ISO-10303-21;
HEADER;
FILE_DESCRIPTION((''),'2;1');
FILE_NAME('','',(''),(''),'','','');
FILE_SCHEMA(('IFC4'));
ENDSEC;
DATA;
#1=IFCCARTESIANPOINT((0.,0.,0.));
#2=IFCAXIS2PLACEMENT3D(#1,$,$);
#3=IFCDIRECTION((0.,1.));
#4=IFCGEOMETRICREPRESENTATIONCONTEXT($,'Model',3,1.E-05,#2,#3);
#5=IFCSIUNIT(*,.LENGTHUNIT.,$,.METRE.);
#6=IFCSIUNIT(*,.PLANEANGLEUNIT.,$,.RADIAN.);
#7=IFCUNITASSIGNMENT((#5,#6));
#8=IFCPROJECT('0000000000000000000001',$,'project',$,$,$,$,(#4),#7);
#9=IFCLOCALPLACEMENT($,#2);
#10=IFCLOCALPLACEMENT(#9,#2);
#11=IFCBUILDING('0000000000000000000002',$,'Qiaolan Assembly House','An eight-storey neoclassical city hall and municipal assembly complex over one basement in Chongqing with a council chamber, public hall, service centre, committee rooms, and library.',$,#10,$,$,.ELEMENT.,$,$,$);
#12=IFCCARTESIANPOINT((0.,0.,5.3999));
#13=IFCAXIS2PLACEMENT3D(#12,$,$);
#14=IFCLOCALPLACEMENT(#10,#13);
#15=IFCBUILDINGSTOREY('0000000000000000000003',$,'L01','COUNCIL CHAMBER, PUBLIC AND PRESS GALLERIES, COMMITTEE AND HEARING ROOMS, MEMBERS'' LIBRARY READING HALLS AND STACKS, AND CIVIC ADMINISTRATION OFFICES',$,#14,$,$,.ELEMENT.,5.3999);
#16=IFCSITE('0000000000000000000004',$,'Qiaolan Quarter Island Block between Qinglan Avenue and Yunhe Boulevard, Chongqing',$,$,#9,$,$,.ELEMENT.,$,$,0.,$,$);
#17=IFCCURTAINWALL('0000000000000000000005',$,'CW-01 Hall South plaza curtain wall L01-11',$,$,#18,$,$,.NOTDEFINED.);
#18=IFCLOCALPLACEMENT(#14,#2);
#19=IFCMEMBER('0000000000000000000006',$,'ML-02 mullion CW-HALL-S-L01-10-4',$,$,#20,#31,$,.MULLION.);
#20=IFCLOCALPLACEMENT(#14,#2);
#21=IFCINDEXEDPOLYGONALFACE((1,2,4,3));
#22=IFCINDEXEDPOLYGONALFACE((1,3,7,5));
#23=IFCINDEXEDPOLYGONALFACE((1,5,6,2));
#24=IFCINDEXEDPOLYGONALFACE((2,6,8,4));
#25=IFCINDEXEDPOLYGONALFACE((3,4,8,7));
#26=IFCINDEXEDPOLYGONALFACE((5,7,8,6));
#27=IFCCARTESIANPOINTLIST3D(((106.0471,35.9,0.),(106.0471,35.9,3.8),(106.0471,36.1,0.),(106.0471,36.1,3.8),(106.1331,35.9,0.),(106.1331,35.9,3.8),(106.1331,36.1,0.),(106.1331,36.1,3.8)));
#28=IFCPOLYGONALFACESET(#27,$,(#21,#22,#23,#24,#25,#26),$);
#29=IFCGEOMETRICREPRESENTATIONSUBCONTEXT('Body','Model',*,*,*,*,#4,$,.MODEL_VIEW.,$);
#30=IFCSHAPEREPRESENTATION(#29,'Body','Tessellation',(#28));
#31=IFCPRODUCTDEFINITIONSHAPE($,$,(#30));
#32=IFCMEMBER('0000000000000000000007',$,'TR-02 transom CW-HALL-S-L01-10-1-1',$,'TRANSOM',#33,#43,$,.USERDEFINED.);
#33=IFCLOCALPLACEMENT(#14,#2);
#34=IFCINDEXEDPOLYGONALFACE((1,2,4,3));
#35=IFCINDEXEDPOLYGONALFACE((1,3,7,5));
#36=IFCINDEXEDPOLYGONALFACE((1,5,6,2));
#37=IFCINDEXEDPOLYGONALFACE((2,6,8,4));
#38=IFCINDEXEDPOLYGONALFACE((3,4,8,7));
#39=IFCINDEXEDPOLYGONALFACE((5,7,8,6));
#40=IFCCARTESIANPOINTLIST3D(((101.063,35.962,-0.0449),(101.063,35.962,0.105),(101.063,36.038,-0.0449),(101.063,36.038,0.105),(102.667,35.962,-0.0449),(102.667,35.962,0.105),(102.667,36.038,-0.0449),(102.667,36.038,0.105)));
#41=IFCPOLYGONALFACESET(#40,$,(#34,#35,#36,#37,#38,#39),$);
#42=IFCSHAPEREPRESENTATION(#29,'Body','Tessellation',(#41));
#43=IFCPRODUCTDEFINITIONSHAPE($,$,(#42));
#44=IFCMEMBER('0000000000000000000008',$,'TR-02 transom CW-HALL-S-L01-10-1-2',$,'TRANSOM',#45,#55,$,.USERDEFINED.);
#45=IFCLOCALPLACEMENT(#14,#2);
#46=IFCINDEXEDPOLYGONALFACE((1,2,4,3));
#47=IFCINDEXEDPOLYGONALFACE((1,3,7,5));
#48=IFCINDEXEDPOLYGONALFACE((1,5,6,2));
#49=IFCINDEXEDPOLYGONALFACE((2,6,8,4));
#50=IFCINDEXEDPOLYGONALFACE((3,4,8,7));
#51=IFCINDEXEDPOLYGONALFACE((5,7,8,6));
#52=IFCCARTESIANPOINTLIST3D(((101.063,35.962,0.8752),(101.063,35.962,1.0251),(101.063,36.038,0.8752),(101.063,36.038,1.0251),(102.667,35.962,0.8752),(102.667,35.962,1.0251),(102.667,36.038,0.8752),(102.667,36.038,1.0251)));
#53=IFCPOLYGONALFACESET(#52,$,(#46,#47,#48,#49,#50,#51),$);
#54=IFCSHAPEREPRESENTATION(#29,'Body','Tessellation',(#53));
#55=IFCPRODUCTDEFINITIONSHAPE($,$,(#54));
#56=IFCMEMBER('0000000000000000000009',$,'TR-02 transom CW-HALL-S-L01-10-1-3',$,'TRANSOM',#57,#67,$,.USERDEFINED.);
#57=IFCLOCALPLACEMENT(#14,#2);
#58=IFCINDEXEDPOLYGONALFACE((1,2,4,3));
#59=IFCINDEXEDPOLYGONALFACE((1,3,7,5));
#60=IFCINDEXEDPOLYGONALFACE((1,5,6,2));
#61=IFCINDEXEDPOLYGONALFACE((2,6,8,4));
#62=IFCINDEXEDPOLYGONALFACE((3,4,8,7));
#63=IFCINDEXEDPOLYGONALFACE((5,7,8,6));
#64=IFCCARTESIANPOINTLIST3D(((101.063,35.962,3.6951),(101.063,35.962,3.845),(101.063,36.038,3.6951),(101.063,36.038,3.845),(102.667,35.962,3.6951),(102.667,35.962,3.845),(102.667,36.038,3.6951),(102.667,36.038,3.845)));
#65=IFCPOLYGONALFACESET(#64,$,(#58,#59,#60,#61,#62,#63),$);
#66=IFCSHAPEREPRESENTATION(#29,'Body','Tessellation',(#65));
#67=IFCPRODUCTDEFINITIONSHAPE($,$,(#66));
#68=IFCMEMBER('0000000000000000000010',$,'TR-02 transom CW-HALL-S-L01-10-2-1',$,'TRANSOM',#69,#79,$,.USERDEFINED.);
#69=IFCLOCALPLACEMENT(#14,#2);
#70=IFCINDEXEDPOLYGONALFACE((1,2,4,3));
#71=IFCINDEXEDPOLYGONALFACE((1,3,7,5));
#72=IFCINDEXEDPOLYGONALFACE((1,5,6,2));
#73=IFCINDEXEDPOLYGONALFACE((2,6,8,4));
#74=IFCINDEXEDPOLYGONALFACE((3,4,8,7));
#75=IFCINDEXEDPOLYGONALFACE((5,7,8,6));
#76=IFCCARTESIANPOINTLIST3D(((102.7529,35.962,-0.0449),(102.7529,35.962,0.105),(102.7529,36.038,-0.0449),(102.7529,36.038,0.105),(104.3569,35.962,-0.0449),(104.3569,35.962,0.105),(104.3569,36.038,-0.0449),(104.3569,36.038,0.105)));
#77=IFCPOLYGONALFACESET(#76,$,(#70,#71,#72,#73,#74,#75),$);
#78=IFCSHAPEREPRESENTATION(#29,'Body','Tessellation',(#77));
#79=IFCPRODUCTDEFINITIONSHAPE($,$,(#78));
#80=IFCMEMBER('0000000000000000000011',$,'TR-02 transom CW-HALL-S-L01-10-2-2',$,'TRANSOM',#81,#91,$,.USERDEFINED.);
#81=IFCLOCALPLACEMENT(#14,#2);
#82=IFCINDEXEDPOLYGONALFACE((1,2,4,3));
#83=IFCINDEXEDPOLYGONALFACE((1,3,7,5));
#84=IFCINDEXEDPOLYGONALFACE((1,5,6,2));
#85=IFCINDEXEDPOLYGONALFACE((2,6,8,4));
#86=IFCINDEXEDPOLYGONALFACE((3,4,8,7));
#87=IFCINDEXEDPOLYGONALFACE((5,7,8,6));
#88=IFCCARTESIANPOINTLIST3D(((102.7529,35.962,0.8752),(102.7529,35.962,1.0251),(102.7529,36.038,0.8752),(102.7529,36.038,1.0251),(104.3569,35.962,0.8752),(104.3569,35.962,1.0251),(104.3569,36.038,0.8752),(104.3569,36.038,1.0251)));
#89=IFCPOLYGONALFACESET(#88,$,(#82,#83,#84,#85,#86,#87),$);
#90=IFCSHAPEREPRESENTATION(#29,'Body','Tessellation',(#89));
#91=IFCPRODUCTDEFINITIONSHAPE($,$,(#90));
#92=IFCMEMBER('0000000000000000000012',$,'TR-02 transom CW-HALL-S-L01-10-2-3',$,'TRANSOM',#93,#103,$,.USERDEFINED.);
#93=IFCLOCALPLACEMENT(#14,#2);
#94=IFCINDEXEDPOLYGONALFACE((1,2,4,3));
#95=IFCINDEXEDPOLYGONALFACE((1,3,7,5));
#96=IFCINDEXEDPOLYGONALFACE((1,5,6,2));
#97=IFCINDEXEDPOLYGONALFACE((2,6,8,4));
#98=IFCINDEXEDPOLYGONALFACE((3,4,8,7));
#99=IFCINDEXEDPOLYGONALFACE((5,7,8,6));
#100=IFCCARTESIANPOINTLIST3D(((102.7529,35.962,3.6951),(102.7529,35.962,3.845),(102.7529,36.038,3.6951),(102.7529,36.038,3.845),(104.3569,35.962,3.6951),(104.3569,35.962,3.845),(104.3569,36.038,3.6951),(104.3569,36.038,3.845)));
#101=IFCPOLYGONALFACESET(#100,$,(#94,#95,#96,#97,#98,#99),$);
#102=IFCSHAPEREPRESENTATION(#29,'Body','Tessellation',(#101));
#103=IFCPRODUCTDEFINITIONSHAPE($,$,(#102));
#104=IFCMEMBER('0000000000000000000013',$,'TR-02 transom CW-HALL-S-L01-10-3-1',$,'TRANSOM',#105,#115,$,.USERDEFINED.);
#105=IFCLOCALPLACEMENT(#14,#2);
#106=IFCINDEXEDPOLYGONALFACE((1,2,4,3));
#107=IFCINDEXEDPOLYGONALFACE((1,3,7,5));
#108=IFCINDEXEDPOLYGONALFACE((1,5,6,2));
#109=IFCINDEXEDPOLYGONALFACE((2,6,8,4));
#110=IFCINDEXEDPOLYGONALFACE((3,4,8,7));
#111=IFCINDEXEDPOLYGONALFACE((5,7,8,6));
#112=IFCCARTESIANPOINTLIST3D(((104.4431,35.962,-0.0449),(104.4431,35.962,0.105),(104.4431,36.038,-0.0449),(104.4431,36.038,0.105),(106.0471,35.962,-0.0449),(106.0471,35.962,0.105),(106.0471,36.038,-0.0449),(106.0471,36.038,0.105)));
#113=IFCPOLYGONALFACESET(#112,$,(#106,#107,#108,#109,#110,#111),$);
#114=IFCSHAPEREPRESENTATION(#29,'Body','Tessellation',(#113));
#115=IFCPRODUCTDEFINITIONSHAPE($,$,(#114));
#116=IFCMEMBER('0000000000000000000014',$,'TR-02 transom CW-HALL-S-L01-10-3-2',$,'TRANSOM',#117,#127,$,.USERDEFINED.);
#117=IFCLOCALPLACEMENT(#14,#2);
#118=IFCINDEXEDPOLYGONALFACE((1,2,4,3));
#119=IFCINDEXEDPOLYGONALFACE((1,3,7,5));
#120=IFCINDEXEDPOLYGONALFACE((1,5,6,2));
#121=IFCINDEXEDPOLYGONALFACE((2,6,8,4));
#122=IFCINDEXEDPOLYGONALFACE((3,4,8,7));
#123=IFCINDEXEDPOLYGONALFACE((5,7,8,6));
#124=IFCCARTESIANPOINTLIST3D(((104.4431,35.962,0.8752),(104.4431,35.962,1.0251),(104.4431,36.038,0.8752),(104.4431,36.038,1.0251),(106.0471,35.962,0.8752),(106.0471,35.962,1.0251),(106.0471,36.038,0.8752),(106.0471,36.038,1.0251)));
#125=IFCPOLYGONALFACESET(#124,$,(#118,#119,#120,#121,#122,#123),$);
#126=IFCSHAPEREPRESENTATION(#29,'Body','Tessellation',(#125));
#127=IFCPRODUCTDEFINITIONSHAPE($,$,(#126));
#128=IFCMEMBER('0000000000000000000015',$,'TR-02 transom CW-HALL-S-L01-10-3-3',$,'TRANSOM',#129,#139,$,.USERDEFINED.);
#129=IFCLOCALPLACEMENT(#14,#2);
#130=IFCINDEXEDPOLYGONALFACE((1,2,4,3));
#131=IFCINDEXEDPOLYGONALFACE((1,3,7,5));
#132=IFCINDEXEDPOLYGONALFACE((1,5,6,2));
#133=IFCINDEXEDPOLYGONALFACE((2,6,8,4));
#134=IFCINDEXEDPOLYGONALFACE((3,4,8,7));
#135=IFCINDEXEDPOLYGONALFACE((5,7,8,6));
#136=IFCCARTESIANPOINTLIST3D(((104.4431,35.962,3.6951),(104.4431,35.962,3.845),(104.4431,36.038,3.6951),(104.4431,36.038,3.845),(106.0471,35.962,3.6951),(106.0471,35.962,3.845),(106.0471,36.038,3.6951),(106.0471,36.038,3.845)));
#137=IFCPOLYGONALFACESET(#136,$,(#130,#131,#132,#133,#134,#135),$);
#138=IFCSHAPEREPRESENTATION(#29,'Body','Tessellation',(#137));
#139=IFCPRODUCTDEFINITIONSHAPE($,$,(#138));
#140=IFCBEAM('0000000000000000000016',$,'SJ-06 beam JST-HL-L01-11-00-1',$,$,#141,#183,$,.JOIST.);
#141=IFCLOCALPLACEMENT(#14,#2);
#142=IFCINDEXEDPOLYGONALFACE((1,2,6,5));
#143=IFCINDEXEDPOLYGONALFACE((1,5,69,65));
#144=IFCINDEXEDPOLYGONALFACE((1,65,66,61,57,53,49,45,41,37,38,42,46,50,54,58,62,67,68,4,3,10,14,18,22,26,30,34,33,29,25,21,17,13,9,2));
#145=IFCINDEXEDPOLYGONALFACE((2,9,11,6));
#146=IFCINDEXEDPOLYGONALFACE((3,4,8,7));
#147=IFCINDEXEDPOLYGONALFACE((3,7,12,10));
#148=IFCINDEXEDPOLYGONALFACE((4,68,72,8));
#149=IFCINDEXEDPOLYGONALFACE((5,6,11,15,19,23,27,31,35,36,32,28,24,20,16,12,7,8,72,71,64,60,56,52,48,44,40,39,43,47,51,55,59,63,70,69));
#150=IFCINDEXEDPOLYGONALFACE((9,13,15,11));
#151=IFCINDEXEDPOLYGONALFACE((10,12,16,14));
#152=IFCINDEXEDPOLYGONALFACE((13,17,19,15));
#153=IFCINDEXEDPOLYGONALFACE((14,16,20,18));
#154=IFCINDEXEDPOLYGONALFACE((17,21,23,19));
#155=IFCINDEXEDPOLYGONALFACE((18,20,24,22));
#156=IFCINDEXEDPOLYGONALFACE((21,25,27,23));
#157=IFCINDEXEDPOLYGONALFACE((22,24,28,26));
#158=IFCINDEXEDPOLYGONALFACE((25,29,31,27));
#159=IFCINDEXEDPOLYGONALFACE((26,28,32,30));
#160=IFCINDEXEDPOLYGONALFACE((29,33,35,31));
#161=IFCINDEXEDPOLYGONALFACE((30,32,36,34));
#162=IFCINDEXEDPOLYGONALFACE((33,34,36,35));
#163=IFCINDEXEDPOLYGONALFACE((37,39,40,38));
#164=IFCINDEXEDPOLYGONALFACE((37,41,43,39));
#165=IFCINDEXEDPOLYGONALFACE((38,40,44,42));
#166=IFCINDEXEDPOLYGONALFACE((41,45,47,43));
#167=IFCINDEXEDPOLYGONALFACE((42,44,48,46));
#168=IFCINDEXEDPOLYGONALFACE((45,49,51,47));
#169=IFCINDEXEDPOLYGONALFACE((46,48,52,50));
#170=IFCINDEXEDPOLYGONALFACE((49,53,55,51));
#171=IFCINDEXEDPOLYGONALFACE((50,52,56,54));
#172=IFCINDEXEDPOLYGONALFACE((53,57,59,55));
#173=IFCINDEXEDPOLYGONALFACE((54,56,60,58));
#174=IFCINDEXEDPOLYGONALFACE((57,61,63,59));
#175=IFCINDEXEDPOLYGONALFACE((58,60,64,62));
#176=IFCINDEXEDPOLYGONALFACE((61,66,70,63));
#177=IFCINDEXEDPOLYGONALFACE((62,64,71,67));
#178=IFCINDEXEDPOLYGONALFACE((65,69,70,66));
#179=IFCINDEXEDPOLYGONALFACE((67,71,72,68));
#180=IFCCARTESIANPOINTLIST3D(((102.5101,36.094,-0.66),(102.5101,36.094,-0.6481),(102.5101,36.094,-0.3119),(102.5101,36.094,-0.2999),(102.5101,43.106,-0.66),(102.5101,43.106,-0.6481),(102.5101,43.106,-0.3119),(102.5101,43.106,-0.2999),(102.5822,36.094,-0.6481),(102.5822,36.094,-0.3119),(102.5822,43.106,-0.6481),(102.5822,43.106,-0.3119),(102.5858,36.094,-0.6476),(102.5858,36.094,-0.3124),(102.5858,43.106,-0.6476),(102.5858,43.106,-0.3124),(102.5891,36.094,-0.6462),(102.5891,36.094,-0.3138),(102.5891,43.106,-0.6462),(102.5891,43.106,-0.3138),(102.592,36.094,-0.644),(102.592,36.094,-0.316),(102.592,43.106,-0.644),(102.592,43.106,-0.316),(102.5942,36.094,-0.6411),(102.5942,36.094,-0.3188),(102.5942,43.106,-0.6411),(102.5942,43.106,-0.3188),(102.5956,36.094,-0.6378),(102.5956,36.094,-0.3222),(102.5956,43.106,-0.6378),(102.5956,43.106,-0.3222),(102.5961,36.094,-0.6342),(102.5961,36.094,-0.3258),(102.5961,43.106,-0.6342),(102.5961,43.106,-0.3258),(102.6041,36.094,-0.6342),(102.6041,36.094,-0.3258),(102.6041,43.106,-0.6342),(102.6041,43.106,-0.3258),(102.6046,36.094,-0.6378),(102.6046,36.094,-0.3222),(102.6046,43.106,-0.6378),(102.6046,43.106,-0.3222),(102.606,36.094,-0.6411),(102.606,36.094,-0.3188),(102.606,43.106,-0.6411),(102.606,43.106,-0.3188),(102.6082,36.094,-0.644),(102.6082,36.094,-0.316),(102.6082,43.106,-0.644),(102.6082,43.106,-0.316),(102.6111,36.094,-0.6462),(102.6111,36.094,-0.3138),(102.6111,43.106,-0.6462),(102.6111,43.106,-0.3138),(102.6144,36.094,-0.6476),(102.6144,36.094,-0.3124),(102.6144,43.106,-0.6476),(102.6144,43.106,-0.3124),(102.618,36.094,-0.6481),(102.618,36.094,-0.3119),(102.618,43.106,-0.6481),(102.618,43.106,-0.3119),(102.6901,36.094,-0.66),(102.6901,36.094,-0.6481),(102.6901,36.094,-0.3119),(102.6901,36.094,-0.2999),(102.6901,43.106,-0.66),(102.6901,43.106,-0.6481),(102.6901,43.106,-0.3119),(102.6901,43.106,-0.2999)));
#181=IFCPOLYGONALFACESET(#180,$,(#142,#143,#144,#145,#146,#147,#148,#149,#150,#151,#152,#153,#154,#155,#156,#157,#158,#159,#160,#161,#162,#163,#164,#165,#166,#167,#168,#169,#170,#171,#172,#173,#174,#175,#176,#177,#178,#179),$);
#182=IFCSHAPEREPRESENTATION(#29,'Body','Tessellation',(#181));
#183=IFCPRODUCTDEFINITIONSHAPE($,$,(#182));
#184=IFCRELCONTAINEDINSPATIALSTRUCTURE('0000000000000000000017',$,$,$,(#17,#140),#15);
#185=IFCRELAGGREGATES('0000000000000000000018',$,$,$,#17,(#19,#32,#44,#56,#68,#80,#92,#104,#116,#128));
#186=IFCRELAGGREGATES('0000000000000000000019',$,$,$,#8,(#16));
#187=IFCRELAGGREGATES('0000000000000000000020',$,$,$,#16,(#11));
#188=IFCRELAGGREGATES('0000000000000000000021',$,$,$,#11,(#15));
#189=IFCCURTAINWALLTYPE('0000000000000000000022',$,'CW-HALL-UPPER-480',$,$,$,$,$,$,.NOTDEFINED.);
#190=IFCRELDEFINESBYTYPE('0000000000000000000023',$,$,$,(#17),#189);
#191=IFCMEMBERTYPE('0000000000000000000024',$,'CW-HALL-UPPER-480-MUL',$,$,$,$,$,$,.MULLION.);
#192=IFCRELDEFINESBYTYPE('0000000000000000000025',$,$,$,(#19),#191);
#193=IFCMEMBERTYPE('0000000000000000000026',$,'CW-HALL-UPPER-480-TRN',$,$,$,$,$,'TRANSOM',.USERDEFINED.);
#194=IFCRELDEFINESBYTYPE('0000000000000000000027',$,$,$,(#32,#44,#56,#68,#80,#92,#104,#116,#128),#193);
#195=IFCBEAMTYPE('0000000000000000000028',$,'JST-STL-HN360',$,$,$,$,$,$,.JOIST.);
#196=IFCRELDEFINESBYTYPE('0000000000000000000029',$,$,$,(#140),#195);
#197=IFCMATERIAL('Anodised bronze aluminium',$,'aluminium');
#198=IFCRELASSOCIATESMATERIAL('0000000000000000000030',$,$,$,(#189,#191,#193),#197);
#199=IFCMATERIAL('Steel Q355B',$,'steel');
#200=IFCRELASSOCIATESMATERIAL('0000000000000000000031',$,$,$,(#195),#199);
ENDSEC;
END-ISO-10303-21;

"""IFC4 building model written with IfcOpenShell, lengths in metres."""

from ifc_helpers import new_model, si_unit, direction, frame, origin, origin_2d, place, context, subcontext, project, spatial, rectangle, i_section, extrude, material, material_profile, profile_set, type_object, element, aggregate, save


model = new_model("IFC4")

# Units and contexts
model_context = context("Model", 3, precision=1e-05, world=origin(), true_north=direction((0.0, 1.0)))
body_context = subcontext(model_context, "Body", "Model", "MODEL_VIEW")
ifc_project = project(units=[si_unit("LENGTHUNIT", "METRE"), si_unit("PLANEANGLEUNIT", "RADIAN")], contexts=[model_context])

# Site, building, storey
site_placement = place(None, origin())
site = spatial("IfcSite", under=ifc_project, at=site_placement, Name="Qiaolan Quarter Island Block between Qinglan Avenue and Yunhe Boulevard, Chongqing", CompositionType="ELEMENT", RefElevation=0.0)
building_placement = place(site_placement, origin())
building = spatial("IfcBuilding", under=site, at=building_placement, Name="Qiaolan Assembly House", Description="An eight-storey neoclassical city hall and municipal assembly complex over one basement in Chongqing with a council chamber, public hall, service centre, committee rooms, and library.", CompositionType="ELEMENT")
storey_placement = place(building_placement, frame((0.0, 0.0, 5.3999)))
storey = spatial("IfcBuildingStorey", under=building, at=storey_placement, Name="L01", Description="COUNCIL CHAMBER, PUBLIC AND PRESS GALLERIES, COMMITTEE AND HEARING ROOMS, MEMBERS' LIBRARY READING HALLS AND STACKS, AND CIVIC ADMINISTRATION OFFICES", CompositionType="ELEMENT", Elevation=5.3999)

# Shared definitions
ifc_material_1 = material(Name="Steel Q355B", Category="steel")

# Curtain wall, members
ifc_material_2 = material(Name="Anodised bronze aluminium", Category="aluminium")
curtain_wall_type = type_object("IfcCurtainWallType", Name="CW-HALL-UPPER-480", PredefinedType="NOTDEFINED", material=ifc_material_2)
curtain_wall_placement = place(storey_placement, origin())
curtain_wall = element("IfcCurtainWall", 1, at=curtain_wall_placement, inside=storey, type_object=curtain_wall_type, Name="CW-01 Hall South plaza curtain wall L01-11", PredefinedType="NOTDEFINED")
ifc_material_profile_1 = material_profile(ifc_material_2, rectangle(XDim=0.0859, YDim=0.2, at=origin_2d()), Name="MUL 86x200")
ifc_profile_set_1 = profile_set([ifc_material_profile_1], Name="Anodised bronze aluminium")
member_type_1 = type_object("IfcMemberType", Name="CW-HALL-UPPER-480-MUL", PredefinedType="MULLION", material=ifc_profile_set_1)
member_1_placement = place(storey_placement, frame((106.0901, 36.0, 0.0), z_axis=(0.0, 0.0, 1.0), x_axis=(1.0, 0.0, 0.0)))
member_1 = element("IfcMember", 2, at=member_1_placement, type_object=member_type_1, Name="ML-02 mullion CW-HALL-S-L01-10-4", PredefinedType="MULLION", context=body_context, shape_type="SweptSolid", body=[
    extrude(rectangle(XDim=0.0859, YDim=0.2, at=origin_2d()), origin(), (0.0, 0.0, 1.0), 3.8),
])
ifc_material_profile_2 = material_profile(ifc_material_2, rectangle(XDim=0.0759, YDim=0.1499, at=origin_2d()), Name="TRN 76x150")
ifc_profile_set_2 = profile_set([ifc_material_profile_2], Name="Anodised bronze aluminium")
member_type_2 = type_object("IfcMemberType", Name="CW-HALL-UPPER-480-TRN", ElementType="TRANSOM", PredefinedType="USERDEFINED", material=ifc_profile_set_2)
member_2_placement = place(storey_placement, frame((101.063, 36.0, 0.03), z_axis=(1.0, 0.0, 0.0), x_axis=(0.0, 1.0, 0.0)))
member_2 = element("IfcMember", 3, at=member_2_placement, type_object=member_type_2, Name="TR-02 transom CW-HALL-S-L01-10-1-1", ObjectType="TRANSOM", PredefinedType="USERDEFINED", context=body_context, shape_type="SweptSolid", body=[
    extrude(rectangle(XDim=0.0759, YDim=0.1499, at=origin_2d()), origin(), (0.0, 0.0, 1.0), 1.604),
])
member_3_placement = place(storey_placement, frame((101.063, 36.0, 0.9502), z_axis=(1.0, 0.0, 0.0), x_axis=(0.0, 1.0, 0.0)))
member_3 = element("IfcMember", 4, at=member_3_placement, type_object=member_type_2, Name="TR-02 transom CW-HALL-S-L01-10-1-2", ObjectType="TRANSOM", PredefinedType="USERDEFINED", context=body_context, shape_type="SweptSolid", body=[
    extrude(rectangle(XDim=0.0759, YDim=0.1499, at=origin_2d()), origin(), (0.0, 0.0, 1.0), 1.604),
])
member_4_placement = place(storey_placement, frame((101.063, 36.0, 3.77), z_axis=(1.0, 0.0, 0.0), x_axis=(0.0, 1.0, 0.0)))
member_4 = element("IfcMember", 5, at=member_4_placement, type_object=member_type_2, Name="TR-02 transom CW-HALL-S-L01-10-1-3", ObjectType="TRANSOM", PredefinedType="USERDEFINED", context=body_context, shape_type="SweptSolid", body=[
    extrude(rectangle(XDim=0.0759, YDim=0.1499, at=origin_2d()), origin(), (0.0, 0.0, 1.0), 1.604),
])
member_5_placement = place(storey_placement, frame((102.7529, 36.0, 0.03), z_axis=(1.0, 0.0, 0.0), x_axis=(0.0, 1.0, 0.0)))
member_5 = element("IfcMember", 6, at=member_5_placement, type_object=member_type_2, Name="TR-02 transom CW-HALL-S-L01-10-2-1", ObjectType="TRANSOM", PredefinedType="USERDEFINED", context=body_context, shape_type="SweptSolid", body=[
    extrude(rectangle(XDim=0.0759, YDim=0.1499, at=origin_2d()), origin(), (0.0, 0.0, 1.0), 1.604),
])
member_6_placement = place(storey_placement, frame((102.7529, 36.0, 0.9502), z_axis=(1.0, 0.0, 0.0), x_axis=(0.0, 1.0, 0.0)))
member_6 = element("IfcMember", 7, at=member_6_placement, type_object=member_type_2, Name="TR-02 transom CW-HALL-S-L01-10-2-2", ObjectType="TRANSOM", PredefinedType="USERDEFINED", context=body_context, shape_type="SweptSolid", body=[
    extrude(rectangle(XDim=0.0759, YDim=0.1499, at=origin_2d()), origin(), (0.0, 0.0, 1.0), 1.604),
])
member_7_placement = place(storey_placement, frame((102.7529, 36.0, 3.77), z_axis=(1.0, 0.0, 0.0), x_axis=(0.0, 1.0, 0.0)))
member_7 = element("IfcMember", 8, at=member_7_placement, type_object=member_type_2, Name="TR-02 transom CW-HALL-S-L01-10-2-3", ObjectType="TRANSOM", PredefinedType="USERDEFINED", context=body_context, shape_type="SweptSolid", body=[
    extrude(rectangle(XDim=0.0759, YDim=0.1499, at=origin_2d()), origin(), (0.0, 0.0, 1.0), 1.604),
])
member_8_placement = place(storey_placement, frame((104.4431, 36.0, 0.03), z_axis=(1.0, 0.0, 0.0), x_axis=(0.0, 1.0, 0.0)))
member_8 = element("IfcMember", 9, at=member_8_placement, type_object=member_type_2, Name="TR-02 transom CW-HALL-S-L01-10-3-1", ObjectType="TRANSOM", PredefinedType="USERDEFINED", context=body_context, shape_type="SweptSolid", body=[
    extrude(rectangle(XDim=0.0759, YDim=0.1499, at=origin_2d()), origin(), (0.0, 0.0, 1.0), 1.604),
])
member_9_placement = place(storey_placement, frame((104.4431, 36.0, 0.9502), z_axis=(1.0, 0.0, 0.0), x_axis=(0.0, 1.0, 0.0)))
member_9 = element("IfcMember", 10, at=member_9_placement, type_object=member_type_2, Name="TR-02 transom CW-HALL-S-L01-10-3-2", ObjectType="TRANSOM", PredefinedType="USERDEFINED", context=body_context, shape_type="SweptSolid", body=[
    extrude(rectangle(XDim=0.0759, YDim=0.1499, at=origin_2d()), origin(), (0.0, 0.0, 1.0), 1.604),
])
member_10_placement = place(storey_placement, frame((104.4431, 36.0, 3.77), z_axis=(1.0, 0.0, 0.0), x_axis=(0.0, 1.0, 0.0)))
member_10 = element("IfcMember", 11, at=member_10_placement, type_object=member_type_2, Name="TR-02 transom CW-HALL-S-L01-10-3-3", ObjectType="TRANSOM", PredefinedType="USERDEFINED", context=body_context, shape_type="SweptSolid", body=[
    extrude(rectangle(XDim=0.0759, YDim=0.1499, at=origin_2d()), origin(), (0.0, 0.0, 1.0), 1.604),
])

# Beam
ifc_material_profile_3 = material_profile(ifc_material_1, i_section(OverallWidth=0.1799, OverallDepth=0.3601, WebThickness=0.0081, FlangeThickness=0.012, FilletRadius=0.0139, at=origin_2d()), Name="HN 360x180x8x12")
ifc_profile_set_3 = profile_set([ifc_material_profile_3], Name="Steel Q355B")
beam_type_1 = type_object("IfcBeamType", Name="JST-STL-HN360", PredefinedType="JOIST", material=ifc_profile_set_3)
for number, where, z_axis, x_axis, name in (
    (12, (102.6001, 36.094, -0.48), (0.0, 1.0, 0.0), (-1.0, 0.0, 0.0), "SJ-06 beam JST-HL-L01-11-00-1"),
):
    element("IfcBeam", number, at=place(storey_placement, frame(where, z_axis=z_axis, x_axis=x_axis)), inside=storey, type_object=beam_type_1, Name=name, PredefinedType="JOIST", context=body_context, shape_type="SweptSolid", body=[
        extrude(i_section(OverallWidth=0.1799, OverallDepth=0.3601, WebThickness=0.0081, FlangeThickness=0.012, FilletRadius=0.0139, at=origin_2d()), origin(), (0.0, 0.0, 1.0), 7.012),
    ])

aggregate(curtain_wall, [member_1, member_2, member_3, member_4, member_5, member_6, member_7, member_8, member_9, member_10])

save(model, "model.ifc")
